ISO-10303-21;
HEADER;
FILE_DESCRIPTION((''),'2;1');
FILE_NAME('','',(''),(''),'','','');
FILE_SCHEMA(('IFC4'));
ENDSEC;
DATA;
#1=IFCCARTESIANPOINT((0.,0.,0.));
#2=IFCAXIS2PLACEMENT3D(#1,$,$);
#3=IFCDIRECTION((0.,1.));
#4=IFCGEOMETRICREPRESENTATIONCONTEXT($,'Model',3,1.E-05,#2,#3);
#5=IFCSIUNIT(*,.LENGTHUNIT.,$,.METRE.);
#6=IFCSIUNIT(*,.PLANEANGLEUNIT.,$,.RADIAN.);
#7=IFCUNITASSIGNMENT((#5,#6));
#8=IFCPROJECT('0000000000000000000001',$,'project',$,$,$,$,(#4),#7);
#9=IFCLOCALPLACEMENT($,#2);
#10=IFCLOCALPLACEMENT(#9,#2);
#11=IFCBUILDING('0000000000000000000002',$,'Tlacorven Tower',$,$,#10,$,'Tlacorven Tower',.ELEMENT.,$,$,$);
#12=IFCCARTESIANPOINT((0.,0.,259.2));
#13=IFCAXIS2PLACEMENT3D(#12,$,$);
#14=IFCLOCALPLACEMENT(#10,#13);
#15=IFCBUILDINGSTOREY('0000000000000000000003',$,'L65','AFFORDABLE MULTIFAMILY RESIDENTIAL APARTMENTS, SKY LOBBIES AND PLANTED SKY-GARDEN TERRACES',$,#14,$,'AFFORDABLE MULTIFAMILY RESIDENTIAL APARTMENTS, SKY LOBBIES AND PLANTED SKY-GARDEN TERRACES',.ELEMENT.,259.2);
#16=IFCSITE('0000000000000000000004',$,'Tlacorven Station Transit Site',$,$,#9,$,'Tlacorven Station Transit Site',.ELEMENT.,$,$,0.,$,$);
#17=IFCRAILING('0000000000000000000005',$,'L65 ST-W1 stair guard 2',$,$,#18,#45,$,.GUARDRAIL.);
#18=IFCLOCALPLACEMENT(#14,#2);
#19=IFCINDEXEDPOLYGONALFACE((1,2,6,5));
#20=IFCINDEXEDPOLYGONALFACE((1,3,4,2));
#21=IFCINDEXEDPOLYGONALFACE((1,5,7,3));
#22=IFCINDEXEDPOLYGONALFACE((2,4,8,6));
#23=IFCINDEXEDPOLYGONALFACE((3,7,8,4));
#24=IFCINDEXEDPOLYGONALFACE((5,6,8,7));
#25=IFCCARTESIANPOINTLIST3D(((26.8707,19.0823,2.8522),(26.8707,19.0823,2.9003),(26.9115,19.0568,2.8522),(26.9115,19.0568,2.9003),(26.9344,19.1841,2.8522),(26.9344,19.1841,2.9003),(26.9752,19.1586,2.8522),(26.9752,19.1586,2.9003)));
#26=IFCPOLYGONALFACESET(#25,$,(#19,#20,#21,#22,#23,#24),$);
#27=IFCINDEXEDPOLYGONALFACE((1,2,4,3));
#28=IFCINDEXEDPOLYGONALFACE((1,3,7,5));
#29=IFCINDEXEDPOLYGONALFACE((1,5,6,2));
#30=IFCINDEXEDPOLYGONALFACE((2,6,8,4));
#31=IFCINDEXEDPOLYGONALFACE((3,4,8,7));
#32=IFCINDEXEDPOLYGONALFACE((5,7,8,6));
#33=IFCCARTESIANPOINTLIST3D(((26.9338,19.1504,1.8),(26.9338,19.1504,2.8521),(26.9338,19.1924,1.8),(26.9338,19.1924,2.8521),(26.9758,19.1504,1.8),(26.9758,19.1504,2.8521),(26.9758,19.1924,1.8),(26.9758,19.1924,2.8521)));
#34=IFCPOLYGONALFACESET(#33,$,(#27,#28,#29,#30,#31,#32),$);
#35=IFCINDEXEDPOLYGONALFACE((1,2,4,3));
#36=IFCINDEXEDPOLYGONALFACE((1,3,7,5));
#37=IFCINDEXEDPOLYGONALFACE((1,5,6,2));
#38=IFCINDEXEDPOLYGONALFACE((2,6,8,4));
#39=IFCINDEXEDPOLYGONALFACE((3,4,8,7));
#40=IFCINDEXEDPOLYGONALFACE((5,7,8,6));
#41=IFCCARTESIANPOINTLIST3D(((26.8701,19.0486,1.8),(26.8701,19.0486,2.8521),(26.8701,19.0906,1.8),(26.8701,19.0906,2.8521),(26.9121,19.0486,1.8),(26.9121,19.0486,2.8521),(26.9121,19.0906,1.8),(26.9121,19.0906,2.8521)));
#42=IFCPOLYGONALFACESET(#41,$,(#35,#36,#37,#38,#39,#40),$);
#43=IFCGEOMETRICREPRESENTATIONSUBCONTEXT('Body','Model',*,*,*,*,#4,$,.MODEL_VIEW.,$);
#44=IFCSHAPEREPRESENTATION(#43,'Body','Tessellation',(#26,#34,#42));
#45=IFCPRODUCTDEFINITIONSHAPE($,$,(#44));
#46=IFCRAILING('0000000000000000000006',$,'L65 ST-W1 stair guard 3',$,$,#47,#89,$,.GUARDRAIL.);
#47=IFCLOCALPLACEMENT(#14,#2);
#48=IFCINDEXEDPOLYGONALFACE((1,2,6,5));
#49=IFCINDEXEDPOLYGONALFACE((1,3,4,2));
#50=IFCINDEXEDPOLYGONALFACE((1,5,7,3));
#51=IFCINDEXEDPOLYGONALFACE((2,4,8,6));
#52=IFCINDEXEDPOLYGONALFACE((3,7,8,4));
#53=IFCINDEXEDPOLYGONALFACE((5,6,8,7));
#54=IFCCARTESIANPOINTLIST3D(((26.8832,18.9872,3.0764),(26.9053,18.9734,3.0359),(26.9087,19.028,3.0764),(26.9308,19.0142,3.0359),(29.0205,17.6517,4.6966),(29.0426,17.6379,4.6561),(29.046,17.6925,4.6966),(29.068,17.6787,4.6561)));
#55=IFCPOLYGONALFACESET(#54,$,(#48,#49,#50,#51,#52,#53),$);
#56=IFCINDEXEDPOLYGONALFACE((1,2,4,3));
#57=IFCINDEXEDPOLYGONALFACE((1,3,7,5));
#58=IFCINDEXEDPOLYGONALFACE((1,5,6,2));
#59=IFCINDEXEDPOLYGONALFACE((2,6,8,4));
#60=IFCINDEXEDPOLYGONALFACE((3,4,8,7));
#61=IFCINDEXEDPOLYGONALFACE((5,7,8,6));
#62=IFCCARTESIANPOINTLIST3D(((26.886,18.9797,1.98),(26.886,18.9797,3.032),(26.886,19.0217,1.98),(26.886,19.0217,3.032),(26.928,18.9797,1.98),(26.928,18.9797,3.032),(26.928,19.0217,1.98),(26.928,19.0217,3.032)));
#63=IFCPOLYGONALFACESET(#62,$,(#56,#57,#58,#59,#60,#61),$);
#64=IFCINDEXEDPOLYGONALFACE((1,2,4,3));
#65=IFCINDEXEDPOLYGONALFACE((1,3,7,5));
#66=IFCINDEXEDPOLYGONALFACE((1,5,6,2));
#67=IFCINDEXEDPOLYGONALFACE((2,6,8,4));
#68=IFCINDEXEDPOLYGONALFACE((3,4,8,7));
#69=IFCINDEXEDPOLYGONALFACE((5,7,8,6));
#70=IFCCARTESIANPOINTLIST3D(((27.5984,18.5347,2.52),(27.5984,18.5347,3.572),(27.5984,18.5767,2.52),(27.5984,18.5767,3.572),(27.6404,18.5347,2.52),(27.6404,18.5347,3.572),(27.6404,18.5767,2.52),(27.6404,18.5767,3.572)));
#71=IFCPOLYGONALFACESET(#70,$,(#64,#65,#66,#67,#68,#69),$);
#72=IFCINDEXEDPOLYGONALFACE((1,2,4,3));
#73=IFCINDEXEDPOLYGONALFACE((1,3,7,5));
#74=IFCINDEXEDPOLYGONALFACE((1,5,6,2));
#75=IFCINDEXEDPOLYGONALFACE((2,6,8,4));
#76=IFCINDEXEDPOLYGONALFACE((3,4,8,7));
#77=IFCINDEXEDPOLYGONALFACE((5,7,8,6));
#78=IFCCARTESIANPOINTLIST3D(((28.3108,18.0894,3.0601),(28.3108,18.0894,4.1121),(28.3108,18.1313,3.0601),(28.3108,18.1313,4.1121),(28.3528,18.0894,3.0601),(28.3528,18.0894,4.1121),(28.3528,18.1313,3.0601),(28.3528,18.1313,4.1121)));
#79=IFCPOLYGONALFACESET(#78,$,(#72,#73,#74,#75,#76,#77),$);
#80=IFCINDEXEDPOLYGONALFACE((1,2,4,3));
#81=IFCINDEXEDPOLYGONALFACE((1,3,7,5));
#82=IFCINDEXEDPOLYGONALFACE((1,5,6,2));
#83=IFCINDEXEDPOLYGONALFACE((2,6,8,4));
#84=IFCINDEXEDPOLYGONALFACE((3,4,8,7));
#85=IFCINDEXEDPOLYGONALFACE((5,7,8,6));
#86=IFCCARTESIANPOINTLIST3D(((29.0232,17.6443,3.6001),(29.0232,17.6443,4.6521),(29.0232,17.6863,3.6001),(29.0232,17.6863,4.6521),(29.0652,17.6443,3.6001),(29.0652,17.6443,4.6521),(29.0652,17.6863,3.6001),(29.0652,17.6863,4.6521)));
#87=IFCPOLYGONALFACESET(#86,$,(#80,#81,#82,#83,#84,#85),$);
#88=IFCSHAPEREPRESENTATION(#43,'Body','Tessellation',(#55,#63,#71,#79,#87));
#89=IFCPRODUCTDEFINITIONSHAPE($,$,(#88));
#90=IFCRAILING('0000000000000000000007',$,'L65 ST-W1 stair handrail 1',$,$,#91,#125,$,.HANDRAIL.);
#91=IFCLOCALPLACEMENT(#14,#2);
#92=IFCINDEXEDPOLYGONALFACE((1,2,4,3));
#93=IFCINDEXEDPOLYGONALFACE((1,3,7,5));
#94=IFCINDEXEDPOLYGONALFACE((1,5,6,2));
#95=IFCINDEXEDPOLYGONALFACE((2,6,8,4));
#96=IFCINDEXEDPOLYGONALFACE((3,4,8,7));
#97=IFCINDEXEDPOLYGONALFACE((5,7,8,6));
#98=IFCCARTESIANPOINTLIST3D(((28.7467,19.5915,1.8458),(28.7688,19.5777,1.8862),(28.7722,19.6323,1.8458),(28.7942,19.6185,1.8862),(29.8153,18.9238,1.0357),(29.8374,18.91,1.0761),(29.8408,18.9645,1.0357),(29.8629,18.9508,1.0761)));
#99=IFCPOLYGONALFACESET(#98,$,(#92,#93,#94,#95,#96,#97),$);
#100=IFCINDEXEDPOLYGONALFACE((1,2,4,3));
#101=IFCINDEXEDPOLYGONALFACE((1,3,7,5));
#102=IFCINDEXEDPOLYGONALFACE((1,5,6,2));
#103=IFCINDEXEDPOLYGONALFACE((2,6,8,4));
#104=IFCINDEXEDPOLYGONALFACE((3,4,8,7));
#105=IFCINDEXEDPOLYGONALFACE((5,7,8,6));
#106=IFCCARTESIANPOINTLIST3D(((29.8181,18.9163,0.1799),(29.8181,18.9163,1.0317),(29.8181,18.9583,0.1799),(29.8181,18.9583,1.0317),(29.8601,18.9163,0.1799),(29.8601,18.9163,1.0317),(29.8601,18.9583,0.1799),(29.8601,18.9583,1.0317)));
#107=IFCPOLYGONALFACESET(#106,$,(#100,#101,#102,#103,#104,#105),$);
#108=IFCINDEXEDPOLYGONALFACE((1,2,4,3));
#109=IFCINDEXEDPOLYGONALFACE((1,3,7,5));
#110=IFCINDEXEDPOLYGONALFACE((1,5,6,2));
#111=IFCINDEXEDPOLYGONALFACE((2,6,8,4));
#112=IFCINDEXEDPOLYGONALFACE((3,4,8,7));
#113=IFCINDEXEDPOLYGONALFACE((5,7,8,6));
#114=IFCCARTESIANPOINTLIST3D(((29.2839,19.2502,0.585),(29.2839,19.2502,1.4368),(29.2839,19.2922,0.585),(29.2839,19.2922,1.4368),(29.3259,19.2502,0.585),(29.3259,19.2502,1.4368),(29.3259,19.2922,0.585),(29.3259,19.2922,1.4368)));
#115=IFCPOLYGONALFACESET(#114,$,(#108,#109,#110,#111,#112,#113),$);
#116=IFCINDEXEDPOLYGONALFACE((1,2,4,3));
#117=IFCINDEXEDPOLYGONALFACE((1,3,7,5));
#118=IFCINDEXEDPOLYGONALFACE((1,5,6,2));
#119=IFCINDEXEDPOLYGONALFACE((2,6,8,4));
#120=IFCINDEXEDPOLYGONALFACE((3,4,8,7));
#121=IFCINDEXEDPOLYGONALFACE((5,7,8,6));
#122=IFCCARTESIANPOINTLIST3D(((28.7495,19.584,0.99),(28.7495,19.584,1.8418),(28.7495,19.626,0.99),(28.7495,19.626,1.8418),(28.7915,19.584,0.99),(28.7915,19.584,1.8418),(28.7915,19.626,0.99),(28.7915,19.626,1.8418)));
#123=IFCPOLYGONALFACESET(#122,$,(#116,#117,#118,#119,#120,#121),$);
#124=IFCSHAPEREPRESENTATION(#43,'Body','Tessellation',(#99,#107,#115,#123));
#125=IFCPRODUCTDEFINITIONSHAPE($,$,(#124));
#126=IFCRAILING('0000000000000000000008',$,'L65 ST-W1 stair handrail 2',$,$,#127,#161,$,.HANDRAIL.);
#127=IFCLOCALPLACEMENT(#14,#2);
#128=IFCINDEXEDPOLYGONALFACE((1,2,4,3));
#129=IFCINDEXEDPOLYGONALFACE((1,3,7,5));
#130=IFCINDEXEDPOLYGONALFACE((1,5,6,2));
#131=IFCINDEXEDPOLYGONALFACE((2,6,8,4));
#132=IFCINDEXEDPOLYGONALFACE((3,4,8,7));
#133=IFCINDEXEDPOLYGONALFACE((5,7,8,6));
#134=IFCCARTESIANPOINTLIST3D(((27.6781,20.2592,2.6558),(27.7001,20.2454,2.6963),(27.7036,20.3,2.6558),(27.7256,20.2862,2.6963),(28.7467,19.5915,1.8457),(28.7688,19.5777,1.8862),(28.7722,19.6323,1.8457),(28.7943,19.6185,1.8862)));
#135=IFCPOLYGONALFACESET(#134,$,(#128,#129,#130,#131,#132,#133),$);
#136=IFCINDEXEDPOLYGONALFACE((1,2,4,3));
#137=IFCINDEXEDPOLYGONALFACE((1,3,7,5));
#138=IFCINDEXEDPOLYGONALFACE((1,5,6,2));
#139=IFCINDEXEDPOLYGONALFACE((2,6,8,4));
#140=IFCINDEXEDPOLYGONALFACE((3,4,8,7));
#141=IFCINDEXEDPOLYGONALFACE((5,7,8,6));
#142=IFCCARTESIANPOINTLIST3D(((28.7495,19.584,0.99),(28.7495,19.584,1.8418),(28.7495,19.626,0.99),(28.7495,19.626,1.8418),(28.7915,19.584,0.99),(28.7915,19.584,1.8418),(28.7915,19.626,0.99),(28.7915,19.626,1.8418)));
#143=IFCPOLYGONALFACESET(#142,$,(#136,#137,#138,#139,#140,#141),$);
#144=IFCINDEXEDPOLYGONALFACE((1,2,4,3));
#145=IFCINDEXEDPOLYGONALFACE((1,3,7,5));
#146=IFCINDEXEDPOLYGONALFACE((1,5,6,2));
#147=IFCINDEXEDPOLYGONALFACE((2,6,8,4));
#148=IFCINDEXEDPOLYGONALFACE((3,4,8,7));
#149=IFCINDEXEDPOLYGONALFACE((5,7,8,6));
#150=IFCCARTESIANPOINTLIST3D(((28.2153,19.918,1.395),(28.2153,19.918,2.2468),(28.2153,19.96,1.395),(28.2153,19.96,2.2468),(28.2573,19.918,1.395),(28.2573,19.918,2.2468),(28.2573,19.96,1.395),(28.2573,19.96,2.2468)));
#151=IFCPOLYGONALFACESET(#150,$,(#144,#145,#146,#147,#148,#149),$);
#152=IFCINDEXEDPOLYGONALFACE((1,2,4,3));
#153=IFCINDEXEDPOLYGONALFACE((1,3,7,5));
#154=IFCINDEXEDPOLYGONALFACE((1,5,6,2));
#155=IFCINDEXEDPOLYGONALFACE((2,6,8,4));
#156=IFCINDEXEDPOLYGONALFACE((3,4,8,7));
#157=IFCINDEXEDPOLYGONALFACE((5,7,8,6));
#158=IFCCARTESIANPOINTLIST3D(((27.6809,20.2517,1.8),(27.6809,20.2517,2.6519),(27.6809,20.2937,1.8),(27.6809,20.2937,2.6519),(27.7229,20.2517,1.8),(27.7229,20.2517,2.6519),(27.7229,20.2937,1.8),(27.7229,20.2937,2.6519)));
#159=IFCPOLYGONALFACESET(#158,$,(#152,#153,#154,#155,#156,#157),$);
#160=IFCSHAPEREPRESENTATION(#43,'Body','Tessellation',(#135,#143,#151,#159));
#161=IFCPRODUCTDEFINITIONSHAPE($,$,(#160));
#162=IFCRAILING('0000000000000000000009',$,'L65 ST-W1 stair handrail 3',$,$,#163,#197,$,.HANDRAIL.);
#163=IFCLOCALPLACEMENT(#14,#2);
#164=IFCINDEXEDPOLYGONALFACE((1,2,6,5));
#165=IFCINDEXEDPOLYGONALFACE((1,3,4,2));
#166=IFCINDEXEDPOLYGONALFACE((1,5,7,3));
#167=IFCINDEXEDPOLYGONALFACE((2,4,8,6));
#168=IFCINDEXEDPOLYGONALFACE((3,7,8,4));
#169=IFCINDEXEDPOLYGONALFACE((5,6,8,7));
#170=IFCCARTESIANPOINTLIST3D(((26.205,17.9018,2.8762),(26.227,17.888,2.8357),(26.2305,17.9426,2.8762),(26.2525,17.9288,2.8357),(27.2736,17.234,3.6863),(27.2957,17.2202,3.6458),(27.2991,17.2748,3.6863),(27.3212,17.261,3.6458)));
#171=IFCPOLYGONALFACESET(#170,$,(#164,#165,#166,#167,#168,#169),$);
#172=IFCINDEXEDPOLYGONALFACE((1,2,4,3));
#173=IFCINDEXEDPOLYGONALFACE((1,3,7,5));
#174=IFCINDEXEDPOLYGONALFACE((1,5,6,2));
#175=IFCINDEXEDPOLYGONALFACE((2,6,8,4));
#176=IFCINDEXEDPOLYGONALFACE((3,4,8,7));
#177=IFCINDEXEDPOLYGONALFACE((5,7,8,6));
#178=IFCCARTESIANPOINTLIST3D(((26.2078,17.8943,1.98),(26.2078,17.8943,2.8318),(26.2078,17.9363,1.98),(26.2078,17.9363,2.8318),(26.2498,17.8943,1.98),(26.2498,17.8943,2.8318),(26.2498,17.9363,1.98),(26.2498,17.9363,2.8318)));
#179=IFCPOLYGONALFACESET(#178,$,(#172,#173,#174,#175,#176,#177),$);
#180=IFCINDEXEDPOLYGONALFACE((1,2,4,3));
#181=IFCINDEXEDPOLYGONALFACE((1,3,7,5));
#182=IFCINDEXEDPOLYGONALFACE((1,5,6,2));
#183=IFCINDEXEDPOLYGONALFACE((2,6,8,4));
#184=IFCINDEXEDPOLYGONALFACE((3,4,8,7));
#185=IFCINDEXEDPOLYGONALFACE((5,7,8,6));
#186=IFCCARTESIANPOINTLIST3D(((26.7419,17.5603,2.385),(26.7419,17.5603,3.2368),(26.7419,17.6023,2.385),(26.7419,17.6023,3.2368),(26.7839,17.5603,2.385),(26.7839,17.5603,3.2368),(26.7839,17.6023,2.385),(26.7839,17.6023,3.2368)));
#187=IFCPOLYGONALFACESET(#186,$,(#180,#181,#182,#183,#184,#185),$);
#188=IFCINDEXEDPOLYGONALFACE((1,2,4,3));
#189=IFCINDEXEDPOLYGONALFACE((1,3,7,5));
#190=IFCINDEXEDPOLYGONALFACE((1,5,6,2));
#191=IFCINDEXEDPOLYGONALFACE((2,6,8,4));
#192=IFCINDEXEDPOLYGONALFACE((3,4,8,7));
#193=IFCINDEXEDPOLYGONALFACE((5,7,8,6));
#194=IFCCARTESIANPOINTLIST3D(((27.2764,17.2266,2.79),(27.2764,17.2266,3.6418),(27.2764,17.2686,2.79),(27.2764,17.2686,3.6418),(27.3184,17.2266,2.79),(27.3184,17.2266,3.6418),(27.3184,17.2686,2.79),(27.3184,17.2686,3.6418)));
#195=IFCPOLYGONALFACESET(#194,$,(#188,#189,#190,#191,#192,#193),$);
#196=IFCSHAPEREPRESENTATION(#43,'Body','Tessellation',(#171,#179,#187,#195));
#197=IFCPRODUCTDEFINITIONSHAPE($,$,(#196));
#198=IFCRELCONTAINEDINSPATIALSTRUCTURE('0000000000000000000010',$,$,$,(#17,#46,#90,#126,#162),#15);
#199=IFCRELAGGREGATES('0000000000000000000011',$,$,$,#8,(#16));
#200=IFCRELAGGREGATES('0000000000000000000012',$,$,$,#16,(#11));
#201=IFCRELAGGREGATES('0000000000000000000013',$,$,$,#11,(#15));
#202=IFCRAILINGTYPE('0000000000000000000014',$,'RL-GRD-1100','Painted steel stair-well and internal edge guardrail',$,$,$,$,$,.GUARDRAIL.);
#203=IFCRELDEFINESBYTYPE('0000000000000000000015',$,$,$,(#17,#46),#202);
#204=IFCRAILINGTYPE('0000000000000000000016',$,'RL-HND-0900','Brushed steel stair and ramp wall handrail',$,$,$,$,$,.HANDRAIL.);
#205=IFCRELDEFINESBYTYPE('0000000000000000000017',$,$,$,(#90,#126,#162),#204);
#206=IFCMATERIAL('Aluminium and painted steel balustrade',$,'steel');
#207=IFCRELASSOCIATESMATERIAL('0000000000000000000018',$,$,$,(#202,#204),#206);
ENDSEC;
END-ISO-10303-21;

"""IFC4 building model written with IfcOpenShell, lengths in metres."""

from ifc_helpers import new_model, si_unit, direction, frame, origin, origin_2d, place, context, subcontext, project, spatial, rectangle, extrude, source, transform, mapped, material, type_object, element, save


model = new_model("IFC4")

# Units and contexts
model_context = context("Model", 3, precision=1e-05, world=origin(), true_north=direction((0.0, 1.0)))
body_context = subcontext(model_context, "Body", "Model", "MODEL_VIEW")
ifc_project = project(units=[si_unit("LENGTHUNIT", "METRE"), si_unit("PLANEANGLEUNIT", "RADIAN")], contexts=[model_context])

# Site, building, storey
site_placement = place(None, origin())
site = spatial("IfcSite", under=ifc_project, at=site_placement, Name="Tlacorven Station Transit Site", LongName="Tlacorven Station Transit Site", CompositionType="ELEMENT", RefElevation=0.0)
building_placement = place(site_placement, origin())
building = spatial("IfcBuilding", under=site, at=building_placement, Name="Tlacorven Tower", LongName="Tlacorven Tower", CompositionType="ELEMENT")
storey_placement = place(building_placement, frame((0.0, 0.0, 259.2)))
storey = spatial("IfcBuildingStorey", under=building, at=storey_placement, Name="L65", Description="AFFORDABLE MULTIFAMILY RESIDENTIAL APARTMENTS, SKY LOBBIES AND PLANTED SKY-GARDEN TERRACES", LongName="AFFORDABLE MULTIFAMILY RESIDENTIAL APARTMENTS, SKY LOBBIES AND PLANTED SKY-GARDEN TERRACES", CompositionType="ELEMENT", Elevation=259.2)

# Railings
ifc_material_1 = material(Name="Aluminium and painted steel balustrade", Category="steel")
railing_type_1 = type_object("IfcRailingType", Name="RL-GRD-1100", Description="Painted steel stair-well and internal edge guardrail", PredefinedType="GUARDRAIL", material=ifc_material_1)
shared_shape_1 = source(origin(), body_context, "Body", "SweptSolid", [
    extrude(rectangle(XDim=0.0481, YDim=0.0481, at=origin_2d()), frame((0.0, 0.0, 1.0762), z_axis=(-0.530547, -0.847656, 0.0), x_axis=(0.847656, -0.530547, 0.0)), (0.0, 0.0, 1.0), 0.1201),
    extrude(rectangle(XDim=0.042, YDim=0.042, at=origin_2d()), origin(), (0.0, 0.0, 1.0), 1.052),
    extrude(rectangle(XDim=0.042, YDim=0.042, at=origin_2d()), frame((-0.0637, -0.1018, 0.0)), (0.0, 0.0, 1.0), 1.052),
])
railing_1_placement = place(storey_placement, frame((26.9548, 19.1714, 1.8)))
element("IfcRailing", 1, at=railing_1_placement, inside=storey, type_object=railing_type_1, Name="L65 ST-W1 stair guard 2", PredefinedType="GUARDRAIL", context=body_context, shape_type="MappedRepresentation", body=[
    mapped(shared_shape_1, transform((0.0, 0.0, 0.0), scale=1.0)),
])
shared_shape_2 = source(origin(), body_context, "Body", "SweptSolid", [
    extrude(rectangle(XDim=0.0481, YDim=0.0481, at=origin_2d()), frame((0.0, 0.0, 1.0762), z_axis=(0.71336, -0.445748, 0.540765), x_axis=(0.529912, 0.848053, 0.0)), (0.0, 0.0, 1.0), 2.9961),
    extrude(rectangle(XDim=0.042, YDim=0.042, at=origin_2d()), origin(), (0.0, 0.0, 1.0), 1.052),
    extrude(rectangle(XDim=0.042, YDim=0.042, at=origin_2d()), frame((0.7124, -0.4451, 0.54)), (0.0, 0.0, 1.0), 1.052),
    extrude(rectangle(XDim=0.042, YDim=0.042, at=origin_2d()), frame((1.4248, -0.8904, 1.0801)), (0.0, 0.0, 1.0), 1.052),
    extrude(rectangle(XDim=0.042, YDim=0.042, at=origin_2d()), frame((2.1372, -1.3354, 1.6201)), (0.0, 0.0, 1.0), 1.052),
])
railing_2_placement = place(storey_placement, frame((26.907, 19.0007, 1.98)))
element("IfcRailing", 2, at=railing_2_placement, inside=storey, type_object=railing_type_1, Name="L65 ST-W1 stair guard 3", PredefinedType="GUARDRAIL", context=body_context, shape_type="MappedRepresentation", body=[
    mapped(shared_shape_2, transform((0.0, 0.0, 0.0), scale=1.0)),
])
railing_type_2 = type_object("IfcRailingType", Name="RL-HND-0900", Description="Brushed steel stair and ramp wall handrail", PredefinedType="HANDRAIL", material=ifc_material_1)
shared_shape_3 = source(origin(), body_context, "Body", "SweptSolid", [
    extrude(rectangle(XDim=0.0481, YDim=0.0481, at=origin_2d()), frame((0.0, 0.0, 0.876), z_axis=(-0.71336, 0.445748, 0.540765), x_axis=(-0.529912, -0.848053, 0.0)), (0.0, 0.0, 1.0), 1.498),
    extrude(rectangle(XDim=0.042, YDim=0.042, at=origin_2d()), origin(), (0.0, 0.0, 1.0), 0.8518),
    extrude(rectangle(XDim=0.042, YDim=0.042, at=origin_2d()), frame((-0.5342, 0.334, 0.405)), (0.0, 0.0, 1.0), 0.8518),
    extrude(rectangle(XDim=0.042, YDim=0.042, at=origin_2d()), frame((-1.0686, 0.6677, 0.8101)), (0.0, 0.0, 1.0), 0.8518),
])
for number, where, name in (
    (3, (29.8391, 18.9373, 0.1799), "L65 ST-W1 stair handrail 1"),
    (4, (28.7705, 19.605, 0.99), "L65 ST-W1 stair handrail 2"),
):
    element("IfcRailing", number, at=place(storey_placement, frame(where)), inside=storey, type_object=railing_type_2, Name=name, PredefinedType="HANDRAIL", context=body_context, shape_type="MappedRepresentation", body=[
        mapped(shared_shape_3, transform((0.0, 0.0, 0.0), scale=1.0)),
    ])
shared_shape_4 = source(origin(), body_context, "Body", "SweptSolid", [
    extrude(rectangle(XDim=0.0481, YDim=0.0481, at=origin_2d()), frame((0.0, 0.0, 0.876), z_axis=(0.71336, -0.445748, 0.540765), x_axis=(0.529912, 0.848053, 0.0)), (0.0, 0.0, 1.0), 1.498),
    extrude(rectangle(XDim=0.042, YDim=0.042, at=origin_2d()), origin(), (0.0, 0.0, 1.0), 0.8518),
    extrude(rectangle(XDim=0.042, YDim=0.042, at=origin_2d()), frame((0.5342, -0.334, 0.405)), (0.0, 0.0, 1.0), 0.8518),
    extrude(rectangle(XDim=0.042, YDim=0.042, at=origin_2d()), frame((1.0686, -0.6677, 0.8101)), (0.0, 0.0, 1.0), 0.8518),
])
railing_3_placement = place(storey_placement, frame((26.2288, 17.9153, 1.98)))
element("IfcRailing", 5, at=railing_3_placement, inside=storey, type_object=railing_type_2, Name="L65 ST-W1 stair handrail 3", PredefinedType="HANDRAIL", context=body_context, shape_type="MappedRepresentation", body=[
    mapped(shared_shape_4, transform((0.0, 0.0, 0.0), scale=1.0)),
])

save(model, "model.ifc")
